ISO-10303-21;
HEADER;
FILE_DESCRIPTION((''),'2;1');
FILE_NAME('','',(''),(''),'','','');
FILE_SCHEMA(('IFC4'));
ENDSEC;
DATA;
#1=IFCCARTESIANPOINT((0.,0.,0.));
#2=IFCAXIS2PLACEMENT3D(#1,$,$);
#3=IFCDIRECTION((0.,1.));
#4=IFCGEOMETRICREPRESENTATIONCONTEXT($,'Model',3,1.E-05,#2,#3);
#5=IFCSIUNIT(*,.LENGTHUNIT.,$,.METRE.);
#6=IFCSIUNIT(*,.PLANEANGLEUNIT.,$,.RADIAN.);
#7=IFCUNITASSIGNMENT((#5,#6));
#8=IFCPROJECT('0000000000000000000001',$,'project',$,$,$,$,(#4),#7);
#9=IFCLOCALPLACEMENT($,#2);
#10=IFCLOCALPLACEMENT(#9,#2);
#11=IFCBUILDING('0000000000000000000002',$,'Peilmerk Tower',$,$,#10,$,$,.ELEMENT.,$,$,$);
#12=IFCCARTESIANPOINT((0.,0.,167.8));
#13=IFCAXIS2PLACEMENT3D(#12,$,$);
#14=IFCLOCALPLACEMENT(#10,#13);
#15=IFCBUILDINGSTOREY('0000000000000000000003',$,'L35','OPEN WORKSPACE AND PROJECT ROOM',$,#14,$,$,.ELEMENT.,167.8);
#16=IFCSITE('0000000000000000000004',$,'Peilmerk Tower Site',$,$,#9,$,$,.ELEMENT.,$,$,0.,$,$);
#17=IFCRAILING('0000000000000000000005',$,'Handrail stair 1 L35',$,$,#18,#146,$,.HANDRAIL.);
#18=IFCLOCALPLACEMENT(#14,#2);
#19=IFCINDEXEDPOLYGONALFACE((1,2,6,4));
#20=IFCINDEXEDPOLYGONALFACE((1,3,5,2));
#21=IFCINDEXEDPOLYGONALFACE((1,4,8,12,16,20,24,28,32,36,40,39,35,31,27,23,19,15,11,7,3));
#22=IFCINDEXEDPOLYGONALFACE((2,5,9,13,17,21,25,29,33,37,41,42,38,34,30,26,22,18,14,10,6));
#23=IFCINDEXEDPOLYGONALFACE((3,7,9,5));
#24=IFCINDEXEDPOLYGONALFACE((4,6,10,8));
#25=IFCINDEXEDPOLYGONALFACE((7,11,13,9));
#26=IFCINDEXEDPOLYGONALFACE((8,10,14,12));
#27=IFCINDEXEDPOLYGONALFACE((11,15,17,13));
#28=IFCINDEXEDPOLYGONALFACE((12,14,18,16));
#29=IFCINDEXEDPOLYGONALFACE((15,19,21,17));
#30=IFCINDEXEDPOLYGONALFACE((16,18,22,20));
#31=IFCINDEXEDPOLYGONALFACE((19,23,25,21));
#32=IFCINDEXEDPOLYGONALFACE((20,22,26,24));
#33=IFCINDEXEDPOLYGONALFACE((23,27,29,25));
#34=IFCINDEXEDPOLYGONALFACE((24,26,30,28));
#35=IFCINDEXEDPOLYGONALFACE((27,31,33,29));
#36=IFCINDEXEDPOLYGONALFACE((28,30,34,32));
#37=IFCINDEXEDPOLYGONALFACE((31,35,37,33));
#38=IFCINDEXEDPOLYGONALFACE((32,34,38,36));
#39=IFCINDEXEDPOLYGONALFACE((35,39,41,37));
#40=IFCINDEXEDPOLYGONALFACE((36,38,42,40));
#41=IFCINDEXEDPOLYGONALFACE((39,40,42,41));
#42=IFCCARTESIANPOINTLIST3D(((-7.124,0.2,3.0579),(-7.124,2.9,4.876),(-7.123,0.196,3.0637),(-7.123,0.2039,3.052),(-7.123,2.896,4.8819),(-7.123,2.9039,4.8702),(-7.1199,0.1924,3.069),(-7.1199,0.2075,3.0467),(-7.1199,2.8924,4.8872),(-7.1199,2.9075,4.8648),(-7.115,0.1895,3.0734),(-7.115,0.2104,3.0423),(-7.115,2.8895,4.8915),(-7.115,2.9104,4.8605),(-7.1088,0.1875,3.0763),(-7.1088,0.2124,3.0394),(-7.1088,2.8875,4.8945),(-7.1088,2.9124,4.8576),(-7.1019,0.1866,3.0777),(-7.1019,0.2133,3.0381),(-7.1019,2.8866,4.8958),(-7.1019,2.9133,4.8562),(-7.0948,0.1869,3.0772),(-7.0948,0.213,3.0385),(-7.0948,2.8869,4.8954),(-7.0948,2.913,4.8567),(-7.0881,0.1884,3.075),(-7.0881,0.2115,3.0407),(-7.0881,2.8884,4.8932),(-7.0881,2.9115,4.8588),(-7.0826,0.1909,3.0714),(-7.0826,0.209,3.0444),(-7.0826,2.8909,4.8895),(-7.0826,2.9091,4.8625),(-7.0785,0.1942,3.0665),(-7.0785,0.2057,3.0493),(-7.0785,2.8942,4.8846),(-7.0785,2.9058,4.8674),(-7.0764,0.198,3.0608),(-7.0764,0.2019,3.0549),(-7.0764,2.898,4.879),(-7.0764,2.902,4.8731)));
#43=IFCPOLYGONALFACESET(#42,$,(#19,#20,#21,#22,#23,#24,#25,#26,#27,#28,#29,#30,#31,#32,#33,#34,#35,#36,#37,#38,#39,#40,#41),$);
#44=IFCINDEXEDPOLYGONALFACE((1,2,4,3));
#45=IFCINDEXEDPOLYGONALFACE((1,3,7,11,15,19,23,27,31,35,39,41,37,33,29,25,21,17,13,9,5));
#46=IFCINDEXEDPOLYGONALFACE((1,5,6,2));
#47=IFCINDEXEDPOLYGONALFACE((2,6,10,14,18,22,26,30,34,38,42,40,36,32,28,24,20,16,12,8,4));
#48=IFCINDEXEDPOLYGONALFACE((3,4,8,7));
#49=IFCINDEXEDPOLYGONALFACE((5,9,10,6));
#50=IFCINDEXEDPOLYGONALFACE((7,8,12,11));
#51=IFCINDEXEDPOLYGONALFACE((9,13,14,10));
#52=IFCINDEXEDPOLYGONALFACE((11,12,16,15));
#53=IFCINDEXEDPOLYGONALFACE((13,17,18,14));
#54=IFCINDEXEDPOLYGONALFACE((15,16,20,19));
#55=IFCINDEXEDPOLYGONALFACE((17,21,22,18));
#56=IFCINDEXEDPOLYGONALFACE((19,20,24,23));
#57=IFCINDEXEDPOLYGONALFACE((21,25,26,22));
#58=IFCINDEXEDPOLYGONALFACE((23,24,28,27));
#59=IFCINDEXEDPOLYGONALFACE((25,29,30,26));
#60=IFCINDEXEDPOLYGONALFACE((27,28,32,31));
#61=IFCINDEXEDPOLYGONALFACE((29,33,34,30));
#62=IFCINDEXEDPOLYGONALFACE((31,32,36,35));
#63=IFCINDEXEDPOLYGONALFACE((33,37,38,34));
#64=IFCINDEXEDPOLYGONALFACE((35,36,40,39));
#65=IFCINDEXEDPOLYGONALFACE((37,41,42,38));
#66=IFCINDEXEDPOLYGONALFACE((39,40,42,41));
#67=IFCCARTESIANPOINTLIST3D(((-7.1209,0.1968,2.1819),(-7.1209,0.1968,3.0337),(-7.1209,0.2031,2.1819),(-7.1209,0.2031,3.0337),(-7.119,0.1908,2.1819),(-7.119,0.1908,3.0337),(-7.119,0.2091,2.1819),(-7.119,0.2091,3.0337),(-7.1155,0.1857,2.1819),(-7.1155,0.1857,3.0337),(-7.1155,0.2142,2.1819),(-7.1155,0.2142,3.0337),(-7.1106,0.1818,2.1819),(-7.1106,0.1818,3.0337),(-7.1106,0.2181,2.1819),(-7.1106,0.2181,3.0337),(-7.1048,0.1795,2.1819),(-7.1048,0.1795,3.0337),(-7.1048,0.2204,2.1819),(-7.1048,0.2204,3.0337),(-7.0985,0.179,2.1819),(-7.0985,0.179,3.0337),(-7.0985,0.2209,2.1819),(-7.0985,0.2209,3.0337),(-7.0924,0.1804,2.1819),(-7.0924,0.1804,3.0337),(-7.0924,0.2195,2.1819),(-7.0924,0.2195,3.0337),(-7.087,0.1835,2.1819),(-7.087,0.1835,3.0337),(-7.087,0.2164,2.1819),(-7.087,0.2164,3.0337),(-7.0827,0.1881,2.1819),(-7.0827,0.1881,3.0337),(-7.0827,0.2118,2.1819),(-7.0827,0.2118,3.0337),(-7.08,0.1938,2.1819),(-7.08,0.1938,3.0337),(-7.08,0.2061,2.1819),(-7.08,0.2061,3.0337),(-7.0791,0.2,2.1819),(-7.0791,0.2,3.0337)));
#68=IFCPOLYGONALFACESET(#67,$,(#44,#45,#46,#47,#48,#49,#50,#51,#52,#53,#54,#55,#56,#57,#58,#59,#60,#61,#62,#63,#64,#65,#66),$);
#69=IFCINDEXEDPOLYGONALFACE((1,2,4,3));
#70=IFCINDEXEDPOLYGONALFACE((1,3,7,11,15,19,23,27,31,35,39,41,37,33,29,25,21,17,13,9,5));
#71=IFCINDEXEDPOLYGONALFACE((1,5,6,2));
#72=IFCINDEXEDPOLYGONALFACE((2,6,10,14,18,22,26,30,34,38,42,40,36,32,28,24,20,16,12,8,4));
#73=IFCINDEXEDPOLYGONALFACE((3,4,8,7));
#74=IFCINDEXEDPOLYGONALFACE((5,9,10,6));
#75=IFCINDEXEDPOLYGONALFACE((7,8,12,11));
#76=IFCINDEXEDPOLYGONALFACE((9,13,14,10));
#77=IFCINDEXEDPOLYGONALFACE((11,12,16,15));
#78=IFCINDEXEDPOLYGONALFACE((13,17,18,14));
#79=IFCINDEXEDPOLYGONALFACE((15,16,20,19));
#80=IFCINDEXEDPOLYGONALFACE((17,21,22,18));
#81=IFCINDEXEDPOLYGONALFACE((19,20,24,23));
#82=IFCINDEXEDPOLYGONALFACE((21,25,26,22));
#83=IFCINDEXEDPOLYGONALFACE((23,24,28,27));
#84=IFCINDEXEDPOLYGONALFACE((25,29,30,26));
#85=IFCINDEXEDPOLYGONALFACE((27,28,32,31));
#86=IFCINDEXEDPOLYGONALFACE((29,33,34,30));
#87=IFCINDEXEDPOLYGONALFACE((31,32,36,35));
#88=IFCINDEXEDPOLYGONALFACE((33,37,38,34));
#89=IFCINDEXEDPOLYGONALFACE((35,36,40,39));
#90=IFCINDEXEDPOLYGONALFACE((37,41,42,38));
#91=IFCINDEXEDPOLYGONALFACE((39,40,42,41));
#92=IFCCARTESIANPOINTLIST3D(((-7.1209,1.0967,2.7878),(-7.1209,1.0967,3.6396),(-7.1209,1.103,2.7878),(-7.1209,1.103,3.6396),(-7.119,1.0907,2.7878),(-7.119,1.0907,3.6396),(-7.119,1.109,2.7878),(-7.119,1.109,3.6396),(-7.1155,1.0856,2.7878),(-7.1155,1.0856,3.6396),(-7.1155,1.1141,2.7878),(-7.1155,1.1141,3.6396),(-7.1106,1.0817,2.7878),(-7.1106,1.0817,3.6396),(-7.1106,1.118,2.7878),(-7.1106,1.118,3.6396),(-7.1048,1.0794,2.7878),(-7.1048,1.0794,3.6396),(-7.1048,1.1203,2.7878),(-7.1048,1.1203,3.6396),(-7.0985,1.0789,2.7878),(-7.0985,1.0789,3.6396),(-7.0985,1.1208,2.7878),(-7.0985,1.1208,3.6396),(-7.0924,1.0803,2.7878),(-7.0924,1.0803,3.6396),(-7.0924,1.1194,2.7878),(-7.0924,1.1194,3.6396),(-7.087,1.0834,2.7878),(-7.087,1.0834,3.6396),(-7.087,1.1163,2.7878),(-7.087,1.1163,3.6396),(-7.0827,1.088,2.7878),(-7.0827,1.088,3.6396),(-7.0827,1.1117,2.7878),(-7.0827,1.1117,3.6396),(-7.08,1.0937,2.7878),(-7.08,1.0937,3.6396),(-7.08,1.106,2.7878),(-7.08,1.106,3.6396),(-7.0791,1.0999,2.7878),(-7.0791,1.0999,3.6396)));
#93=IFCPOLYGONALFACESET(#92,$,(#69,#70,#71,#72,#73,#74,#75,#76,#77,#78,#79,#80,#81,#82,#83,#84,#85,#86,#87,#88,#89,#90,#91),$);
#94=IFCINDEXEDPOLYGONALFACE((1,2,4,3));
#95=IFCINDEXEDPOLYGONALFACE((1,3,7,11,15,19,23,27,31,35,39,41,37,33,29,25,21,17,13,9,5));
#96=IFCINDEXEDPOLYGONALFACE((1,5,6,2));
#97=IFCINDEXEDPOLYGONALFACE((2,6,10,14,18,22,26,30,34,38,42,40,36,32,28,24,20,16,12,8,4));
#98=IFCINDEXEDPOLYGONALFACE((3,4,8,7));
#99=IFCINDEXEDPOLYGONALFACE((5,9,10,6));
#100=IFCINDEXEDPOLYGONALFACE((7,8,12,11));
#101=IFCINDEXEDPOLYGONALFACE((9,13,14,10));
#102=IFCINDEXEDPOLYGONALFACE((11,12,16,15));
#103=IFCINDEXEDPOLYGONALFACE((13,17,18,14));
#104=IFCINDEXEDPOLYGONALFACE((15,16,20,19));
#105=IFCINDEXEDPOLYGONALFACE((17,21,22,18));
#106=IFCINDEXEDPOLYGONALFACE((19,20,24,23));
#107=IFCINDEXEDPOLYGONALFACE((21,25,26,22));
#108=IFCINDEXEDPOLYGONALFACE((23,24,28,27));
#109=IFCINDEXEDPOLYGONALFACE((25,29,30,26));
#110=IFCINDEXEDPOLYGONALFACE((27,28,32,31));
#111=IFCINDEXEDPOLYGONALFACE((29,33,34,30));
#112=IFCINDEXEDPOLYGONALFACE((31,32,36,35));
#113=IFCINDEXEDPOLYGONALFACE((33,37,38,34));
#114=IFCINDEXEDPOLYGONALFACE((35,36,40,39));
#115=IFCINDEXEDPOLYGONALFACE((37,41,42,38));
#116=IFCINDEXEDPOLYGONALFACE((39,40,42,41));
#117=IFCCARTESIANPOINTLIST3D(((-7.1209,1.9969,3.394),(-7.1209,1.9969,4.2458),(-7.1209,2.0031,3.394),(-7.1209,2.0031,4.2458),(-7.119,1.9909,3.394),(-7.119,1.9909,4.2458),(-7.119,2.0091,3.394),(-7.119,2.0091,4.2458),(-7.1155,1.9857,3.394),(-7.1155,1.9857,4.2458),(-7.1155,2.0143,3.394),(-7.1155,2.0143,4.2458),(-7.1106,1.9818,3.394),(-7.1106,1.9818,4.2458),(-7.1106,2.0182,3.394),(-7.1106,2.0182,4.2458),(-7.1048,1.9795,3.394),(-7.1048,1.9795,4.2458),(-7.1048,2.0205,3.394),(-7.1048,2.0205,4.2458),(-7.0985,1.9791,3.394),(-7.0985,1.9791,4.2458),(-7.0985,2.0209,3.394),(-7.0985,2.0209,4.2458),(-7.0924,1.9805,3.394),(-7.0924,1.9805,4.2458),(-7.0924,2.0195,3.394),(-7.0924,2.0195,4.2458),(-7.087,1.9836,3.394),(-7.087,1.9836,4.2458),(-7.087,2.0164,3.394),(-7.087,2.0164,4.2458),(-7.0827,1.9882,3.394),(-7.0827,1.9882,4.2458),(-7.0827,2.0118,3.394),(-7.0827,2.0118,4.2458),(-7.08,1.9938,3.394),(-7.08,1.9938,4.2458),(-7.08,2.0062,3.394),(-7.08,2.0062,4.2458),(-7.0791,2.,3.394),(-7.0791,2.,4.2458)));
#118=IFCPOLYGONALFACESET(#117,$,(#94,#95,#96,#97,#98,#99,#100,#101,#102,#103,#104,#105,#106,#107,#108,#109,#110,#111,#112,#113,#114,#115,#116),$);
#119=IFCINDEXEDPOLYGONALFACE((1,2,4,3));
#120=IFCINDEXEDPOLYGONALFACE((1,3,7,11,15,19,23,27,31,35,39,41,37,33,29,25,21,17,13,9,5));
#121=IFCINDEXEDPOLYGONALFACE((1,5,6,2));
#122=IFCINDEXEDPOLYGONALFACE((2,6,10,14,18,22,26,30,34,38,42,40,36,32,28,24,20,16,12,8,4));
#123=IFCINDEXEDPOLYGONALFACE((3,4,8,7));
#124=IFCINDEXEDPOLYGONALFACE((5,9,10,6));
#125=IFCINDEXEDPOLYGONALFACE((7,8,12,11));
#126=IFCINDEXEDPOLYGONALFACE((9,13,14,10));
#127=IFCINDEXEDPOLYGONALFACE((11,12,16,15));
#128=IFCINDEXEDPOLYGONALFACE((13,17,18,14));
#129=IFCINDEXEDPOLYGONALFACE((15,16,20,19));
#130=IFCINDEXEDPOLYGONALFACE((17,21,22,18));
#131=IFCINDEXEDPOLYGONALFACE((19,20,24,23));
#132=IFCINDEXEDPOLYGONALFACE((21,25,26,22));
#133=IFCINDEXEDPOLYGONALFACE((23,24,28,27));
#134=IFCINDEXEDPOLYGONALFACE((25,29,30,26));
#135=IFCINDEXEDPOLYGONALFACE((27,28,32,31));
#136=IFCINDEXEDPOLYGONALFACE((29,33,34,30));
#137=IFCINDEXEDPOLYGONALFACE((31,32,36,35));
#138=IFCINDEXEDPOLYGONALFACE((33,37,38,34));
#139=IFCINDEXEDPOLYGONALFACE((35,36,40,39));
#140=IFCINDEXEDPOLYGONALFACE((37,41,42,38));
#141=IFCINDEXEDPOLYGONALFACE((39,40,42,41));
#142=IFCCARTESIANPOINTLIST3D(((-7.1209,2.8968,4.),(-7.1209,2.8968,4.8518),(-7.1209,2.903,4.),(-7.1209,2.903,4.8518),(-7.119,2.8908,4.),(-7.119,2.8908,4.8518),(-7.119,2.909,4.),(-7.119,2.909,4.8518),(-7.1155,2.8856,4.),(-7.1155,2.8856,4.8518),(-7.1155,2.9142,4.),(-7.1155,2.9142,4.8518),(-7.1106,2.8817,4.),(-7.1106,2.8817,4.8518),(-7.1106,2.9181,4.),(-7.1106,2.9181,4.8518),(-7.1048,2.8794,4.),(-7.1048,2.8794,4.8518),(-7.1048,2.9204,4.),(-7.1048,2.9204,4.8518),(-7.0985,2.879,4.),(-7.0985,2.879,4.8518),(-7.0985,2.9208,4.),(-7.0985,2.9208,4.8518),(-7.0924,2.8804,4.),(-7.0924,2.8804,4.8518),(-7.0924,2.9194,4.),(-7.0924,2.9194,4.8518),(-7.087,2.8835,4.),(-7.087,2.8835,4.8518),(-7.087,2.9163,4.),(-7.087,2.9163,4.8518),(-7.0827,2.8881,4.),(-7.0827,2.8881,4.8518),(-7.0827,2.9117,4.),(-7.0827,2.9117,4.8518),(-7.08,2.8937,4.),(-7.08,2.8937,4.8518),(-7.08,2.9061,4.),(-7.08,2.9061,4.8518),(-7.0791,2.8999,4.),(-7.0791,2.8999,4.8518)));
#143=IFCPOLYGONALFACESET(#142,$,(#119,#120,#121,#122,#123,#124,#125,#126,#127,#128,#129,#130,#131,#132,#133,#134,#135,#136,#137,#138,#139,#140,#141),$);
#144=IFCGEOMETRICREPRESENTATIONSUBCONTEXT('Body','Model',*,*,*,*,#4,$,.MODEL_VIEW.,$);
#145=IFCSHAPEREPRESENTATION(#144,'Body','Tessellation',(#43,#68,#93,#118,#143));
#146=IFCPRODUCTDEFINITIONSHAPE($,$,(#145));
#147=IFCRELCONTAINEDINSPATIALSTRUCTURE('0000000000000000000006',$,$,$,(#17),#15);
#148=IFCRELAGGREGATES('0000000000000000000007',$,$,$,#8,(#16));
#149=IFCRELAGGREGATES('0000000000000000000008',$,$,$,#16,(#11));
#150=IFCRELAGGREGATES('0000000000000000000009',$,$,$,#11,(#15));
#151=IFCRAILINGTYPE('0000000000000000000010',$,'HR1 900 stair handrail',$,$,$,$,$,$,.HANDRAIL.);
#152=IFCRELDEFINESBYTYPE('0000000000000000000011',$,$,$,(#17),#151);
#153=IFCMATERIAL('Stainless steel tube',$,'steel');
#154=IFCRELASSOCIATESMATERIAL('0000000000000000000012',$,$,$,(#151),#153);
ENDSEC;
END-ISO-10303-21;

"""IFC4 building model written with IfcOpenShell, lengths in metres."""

from ifc_helpers import new_model, si_unit, direction, frame, origin, origin_2d, place, context, subcontext, project, spatial, circle, extrude, material, type_object, element, save


model = new_model("IFC4")

# Units and contexts
model_context = context("Model", 3, precision=1e-05, world=origin(), true_north=direction((0.0, 1.0)))
body_context = subcontext(model_context, "Body", "Model", "MODEL_VIEW")
ifc_project = project(units=[si_unit("LENGTHUNIT", "METRE"), si_unit("PLANEANGLEUNIT", "RADIAN")], contexts=[model_context])

# Site, building, storey
site_placement = place(None, origin())
site = spatial("IfcSite", under=ifc_project, at=site_placement, Name="Peilmerk Tower Site", CompositionType="ELEMENT", RefElevation=0.0)
building_placement = place(site_placement, origin())
building = spatial("IfcBuilding", under=site, at=building_placement, Name="Peilmerk Tower", CompositionType="ELEMENT")
storey_placement = place(building_placement, frame((0.0, 0.0, 167.8)))
storey = spatial("IfcBuildingStorey", under=building, at=storey_placement, Name="L35", Description="OPEN WORKSPACE AND PROJECT ROOM", CompositionType="ELEMENT", Elevation=167.8)

# Railing
ifc_material_1 = material(Name="Stainless steel tube", Category="steel")
railing_type_1 = type_object("IfcRailingType", Name="HR1 900 stair handrail", PredefinedType="HANDRAIL", material=ifc_material_1)
railing_1_placement = place(storey_placement, frame((-7.1001, 0.2, 2.1819)))
element("IfcRailing", 1, at=railing_1_placement, inside=storey, type_object=railing_type_1, Name="Handrail stair 1 L35", PredefinedType="HANDRAIL", context=body_context, shape_type="SweptSolid", body=[
    extrude(circle(Radius=0.0239, at=origin_2d()), frame((0.0, 0.0, 0.876), z_axis=(0.0, 0.829468, 0.558554), x_axis=(-1.0, 0.0, 0.0)), (0.0, 0.0, 1.0), 3.2551),
    extrude(circle(Radius=0.021, at=origin_2d()), origin(), (0.0, 0.0, 1.0), 0.8518),
    extrude(circle(Radius=0.021, at=origin_2d()), frame((0.0, 0.8999, 0.606)), (0.0, 0.0, 1.0), 0.8518),
    extrude(circle(Radius=0.021, at=origin_2d()), frame((0.0, 1.8, 1.2122)), (0.0, 0.0, 1.0), 0.8518),
    extrude(circle(Radius=0.021, at=origin_2d()), frame((0.0, 2.7, 1.8181)), (0.0, 0.0, 1.0), 0.8518),
])

save(model, "model.ifc")
